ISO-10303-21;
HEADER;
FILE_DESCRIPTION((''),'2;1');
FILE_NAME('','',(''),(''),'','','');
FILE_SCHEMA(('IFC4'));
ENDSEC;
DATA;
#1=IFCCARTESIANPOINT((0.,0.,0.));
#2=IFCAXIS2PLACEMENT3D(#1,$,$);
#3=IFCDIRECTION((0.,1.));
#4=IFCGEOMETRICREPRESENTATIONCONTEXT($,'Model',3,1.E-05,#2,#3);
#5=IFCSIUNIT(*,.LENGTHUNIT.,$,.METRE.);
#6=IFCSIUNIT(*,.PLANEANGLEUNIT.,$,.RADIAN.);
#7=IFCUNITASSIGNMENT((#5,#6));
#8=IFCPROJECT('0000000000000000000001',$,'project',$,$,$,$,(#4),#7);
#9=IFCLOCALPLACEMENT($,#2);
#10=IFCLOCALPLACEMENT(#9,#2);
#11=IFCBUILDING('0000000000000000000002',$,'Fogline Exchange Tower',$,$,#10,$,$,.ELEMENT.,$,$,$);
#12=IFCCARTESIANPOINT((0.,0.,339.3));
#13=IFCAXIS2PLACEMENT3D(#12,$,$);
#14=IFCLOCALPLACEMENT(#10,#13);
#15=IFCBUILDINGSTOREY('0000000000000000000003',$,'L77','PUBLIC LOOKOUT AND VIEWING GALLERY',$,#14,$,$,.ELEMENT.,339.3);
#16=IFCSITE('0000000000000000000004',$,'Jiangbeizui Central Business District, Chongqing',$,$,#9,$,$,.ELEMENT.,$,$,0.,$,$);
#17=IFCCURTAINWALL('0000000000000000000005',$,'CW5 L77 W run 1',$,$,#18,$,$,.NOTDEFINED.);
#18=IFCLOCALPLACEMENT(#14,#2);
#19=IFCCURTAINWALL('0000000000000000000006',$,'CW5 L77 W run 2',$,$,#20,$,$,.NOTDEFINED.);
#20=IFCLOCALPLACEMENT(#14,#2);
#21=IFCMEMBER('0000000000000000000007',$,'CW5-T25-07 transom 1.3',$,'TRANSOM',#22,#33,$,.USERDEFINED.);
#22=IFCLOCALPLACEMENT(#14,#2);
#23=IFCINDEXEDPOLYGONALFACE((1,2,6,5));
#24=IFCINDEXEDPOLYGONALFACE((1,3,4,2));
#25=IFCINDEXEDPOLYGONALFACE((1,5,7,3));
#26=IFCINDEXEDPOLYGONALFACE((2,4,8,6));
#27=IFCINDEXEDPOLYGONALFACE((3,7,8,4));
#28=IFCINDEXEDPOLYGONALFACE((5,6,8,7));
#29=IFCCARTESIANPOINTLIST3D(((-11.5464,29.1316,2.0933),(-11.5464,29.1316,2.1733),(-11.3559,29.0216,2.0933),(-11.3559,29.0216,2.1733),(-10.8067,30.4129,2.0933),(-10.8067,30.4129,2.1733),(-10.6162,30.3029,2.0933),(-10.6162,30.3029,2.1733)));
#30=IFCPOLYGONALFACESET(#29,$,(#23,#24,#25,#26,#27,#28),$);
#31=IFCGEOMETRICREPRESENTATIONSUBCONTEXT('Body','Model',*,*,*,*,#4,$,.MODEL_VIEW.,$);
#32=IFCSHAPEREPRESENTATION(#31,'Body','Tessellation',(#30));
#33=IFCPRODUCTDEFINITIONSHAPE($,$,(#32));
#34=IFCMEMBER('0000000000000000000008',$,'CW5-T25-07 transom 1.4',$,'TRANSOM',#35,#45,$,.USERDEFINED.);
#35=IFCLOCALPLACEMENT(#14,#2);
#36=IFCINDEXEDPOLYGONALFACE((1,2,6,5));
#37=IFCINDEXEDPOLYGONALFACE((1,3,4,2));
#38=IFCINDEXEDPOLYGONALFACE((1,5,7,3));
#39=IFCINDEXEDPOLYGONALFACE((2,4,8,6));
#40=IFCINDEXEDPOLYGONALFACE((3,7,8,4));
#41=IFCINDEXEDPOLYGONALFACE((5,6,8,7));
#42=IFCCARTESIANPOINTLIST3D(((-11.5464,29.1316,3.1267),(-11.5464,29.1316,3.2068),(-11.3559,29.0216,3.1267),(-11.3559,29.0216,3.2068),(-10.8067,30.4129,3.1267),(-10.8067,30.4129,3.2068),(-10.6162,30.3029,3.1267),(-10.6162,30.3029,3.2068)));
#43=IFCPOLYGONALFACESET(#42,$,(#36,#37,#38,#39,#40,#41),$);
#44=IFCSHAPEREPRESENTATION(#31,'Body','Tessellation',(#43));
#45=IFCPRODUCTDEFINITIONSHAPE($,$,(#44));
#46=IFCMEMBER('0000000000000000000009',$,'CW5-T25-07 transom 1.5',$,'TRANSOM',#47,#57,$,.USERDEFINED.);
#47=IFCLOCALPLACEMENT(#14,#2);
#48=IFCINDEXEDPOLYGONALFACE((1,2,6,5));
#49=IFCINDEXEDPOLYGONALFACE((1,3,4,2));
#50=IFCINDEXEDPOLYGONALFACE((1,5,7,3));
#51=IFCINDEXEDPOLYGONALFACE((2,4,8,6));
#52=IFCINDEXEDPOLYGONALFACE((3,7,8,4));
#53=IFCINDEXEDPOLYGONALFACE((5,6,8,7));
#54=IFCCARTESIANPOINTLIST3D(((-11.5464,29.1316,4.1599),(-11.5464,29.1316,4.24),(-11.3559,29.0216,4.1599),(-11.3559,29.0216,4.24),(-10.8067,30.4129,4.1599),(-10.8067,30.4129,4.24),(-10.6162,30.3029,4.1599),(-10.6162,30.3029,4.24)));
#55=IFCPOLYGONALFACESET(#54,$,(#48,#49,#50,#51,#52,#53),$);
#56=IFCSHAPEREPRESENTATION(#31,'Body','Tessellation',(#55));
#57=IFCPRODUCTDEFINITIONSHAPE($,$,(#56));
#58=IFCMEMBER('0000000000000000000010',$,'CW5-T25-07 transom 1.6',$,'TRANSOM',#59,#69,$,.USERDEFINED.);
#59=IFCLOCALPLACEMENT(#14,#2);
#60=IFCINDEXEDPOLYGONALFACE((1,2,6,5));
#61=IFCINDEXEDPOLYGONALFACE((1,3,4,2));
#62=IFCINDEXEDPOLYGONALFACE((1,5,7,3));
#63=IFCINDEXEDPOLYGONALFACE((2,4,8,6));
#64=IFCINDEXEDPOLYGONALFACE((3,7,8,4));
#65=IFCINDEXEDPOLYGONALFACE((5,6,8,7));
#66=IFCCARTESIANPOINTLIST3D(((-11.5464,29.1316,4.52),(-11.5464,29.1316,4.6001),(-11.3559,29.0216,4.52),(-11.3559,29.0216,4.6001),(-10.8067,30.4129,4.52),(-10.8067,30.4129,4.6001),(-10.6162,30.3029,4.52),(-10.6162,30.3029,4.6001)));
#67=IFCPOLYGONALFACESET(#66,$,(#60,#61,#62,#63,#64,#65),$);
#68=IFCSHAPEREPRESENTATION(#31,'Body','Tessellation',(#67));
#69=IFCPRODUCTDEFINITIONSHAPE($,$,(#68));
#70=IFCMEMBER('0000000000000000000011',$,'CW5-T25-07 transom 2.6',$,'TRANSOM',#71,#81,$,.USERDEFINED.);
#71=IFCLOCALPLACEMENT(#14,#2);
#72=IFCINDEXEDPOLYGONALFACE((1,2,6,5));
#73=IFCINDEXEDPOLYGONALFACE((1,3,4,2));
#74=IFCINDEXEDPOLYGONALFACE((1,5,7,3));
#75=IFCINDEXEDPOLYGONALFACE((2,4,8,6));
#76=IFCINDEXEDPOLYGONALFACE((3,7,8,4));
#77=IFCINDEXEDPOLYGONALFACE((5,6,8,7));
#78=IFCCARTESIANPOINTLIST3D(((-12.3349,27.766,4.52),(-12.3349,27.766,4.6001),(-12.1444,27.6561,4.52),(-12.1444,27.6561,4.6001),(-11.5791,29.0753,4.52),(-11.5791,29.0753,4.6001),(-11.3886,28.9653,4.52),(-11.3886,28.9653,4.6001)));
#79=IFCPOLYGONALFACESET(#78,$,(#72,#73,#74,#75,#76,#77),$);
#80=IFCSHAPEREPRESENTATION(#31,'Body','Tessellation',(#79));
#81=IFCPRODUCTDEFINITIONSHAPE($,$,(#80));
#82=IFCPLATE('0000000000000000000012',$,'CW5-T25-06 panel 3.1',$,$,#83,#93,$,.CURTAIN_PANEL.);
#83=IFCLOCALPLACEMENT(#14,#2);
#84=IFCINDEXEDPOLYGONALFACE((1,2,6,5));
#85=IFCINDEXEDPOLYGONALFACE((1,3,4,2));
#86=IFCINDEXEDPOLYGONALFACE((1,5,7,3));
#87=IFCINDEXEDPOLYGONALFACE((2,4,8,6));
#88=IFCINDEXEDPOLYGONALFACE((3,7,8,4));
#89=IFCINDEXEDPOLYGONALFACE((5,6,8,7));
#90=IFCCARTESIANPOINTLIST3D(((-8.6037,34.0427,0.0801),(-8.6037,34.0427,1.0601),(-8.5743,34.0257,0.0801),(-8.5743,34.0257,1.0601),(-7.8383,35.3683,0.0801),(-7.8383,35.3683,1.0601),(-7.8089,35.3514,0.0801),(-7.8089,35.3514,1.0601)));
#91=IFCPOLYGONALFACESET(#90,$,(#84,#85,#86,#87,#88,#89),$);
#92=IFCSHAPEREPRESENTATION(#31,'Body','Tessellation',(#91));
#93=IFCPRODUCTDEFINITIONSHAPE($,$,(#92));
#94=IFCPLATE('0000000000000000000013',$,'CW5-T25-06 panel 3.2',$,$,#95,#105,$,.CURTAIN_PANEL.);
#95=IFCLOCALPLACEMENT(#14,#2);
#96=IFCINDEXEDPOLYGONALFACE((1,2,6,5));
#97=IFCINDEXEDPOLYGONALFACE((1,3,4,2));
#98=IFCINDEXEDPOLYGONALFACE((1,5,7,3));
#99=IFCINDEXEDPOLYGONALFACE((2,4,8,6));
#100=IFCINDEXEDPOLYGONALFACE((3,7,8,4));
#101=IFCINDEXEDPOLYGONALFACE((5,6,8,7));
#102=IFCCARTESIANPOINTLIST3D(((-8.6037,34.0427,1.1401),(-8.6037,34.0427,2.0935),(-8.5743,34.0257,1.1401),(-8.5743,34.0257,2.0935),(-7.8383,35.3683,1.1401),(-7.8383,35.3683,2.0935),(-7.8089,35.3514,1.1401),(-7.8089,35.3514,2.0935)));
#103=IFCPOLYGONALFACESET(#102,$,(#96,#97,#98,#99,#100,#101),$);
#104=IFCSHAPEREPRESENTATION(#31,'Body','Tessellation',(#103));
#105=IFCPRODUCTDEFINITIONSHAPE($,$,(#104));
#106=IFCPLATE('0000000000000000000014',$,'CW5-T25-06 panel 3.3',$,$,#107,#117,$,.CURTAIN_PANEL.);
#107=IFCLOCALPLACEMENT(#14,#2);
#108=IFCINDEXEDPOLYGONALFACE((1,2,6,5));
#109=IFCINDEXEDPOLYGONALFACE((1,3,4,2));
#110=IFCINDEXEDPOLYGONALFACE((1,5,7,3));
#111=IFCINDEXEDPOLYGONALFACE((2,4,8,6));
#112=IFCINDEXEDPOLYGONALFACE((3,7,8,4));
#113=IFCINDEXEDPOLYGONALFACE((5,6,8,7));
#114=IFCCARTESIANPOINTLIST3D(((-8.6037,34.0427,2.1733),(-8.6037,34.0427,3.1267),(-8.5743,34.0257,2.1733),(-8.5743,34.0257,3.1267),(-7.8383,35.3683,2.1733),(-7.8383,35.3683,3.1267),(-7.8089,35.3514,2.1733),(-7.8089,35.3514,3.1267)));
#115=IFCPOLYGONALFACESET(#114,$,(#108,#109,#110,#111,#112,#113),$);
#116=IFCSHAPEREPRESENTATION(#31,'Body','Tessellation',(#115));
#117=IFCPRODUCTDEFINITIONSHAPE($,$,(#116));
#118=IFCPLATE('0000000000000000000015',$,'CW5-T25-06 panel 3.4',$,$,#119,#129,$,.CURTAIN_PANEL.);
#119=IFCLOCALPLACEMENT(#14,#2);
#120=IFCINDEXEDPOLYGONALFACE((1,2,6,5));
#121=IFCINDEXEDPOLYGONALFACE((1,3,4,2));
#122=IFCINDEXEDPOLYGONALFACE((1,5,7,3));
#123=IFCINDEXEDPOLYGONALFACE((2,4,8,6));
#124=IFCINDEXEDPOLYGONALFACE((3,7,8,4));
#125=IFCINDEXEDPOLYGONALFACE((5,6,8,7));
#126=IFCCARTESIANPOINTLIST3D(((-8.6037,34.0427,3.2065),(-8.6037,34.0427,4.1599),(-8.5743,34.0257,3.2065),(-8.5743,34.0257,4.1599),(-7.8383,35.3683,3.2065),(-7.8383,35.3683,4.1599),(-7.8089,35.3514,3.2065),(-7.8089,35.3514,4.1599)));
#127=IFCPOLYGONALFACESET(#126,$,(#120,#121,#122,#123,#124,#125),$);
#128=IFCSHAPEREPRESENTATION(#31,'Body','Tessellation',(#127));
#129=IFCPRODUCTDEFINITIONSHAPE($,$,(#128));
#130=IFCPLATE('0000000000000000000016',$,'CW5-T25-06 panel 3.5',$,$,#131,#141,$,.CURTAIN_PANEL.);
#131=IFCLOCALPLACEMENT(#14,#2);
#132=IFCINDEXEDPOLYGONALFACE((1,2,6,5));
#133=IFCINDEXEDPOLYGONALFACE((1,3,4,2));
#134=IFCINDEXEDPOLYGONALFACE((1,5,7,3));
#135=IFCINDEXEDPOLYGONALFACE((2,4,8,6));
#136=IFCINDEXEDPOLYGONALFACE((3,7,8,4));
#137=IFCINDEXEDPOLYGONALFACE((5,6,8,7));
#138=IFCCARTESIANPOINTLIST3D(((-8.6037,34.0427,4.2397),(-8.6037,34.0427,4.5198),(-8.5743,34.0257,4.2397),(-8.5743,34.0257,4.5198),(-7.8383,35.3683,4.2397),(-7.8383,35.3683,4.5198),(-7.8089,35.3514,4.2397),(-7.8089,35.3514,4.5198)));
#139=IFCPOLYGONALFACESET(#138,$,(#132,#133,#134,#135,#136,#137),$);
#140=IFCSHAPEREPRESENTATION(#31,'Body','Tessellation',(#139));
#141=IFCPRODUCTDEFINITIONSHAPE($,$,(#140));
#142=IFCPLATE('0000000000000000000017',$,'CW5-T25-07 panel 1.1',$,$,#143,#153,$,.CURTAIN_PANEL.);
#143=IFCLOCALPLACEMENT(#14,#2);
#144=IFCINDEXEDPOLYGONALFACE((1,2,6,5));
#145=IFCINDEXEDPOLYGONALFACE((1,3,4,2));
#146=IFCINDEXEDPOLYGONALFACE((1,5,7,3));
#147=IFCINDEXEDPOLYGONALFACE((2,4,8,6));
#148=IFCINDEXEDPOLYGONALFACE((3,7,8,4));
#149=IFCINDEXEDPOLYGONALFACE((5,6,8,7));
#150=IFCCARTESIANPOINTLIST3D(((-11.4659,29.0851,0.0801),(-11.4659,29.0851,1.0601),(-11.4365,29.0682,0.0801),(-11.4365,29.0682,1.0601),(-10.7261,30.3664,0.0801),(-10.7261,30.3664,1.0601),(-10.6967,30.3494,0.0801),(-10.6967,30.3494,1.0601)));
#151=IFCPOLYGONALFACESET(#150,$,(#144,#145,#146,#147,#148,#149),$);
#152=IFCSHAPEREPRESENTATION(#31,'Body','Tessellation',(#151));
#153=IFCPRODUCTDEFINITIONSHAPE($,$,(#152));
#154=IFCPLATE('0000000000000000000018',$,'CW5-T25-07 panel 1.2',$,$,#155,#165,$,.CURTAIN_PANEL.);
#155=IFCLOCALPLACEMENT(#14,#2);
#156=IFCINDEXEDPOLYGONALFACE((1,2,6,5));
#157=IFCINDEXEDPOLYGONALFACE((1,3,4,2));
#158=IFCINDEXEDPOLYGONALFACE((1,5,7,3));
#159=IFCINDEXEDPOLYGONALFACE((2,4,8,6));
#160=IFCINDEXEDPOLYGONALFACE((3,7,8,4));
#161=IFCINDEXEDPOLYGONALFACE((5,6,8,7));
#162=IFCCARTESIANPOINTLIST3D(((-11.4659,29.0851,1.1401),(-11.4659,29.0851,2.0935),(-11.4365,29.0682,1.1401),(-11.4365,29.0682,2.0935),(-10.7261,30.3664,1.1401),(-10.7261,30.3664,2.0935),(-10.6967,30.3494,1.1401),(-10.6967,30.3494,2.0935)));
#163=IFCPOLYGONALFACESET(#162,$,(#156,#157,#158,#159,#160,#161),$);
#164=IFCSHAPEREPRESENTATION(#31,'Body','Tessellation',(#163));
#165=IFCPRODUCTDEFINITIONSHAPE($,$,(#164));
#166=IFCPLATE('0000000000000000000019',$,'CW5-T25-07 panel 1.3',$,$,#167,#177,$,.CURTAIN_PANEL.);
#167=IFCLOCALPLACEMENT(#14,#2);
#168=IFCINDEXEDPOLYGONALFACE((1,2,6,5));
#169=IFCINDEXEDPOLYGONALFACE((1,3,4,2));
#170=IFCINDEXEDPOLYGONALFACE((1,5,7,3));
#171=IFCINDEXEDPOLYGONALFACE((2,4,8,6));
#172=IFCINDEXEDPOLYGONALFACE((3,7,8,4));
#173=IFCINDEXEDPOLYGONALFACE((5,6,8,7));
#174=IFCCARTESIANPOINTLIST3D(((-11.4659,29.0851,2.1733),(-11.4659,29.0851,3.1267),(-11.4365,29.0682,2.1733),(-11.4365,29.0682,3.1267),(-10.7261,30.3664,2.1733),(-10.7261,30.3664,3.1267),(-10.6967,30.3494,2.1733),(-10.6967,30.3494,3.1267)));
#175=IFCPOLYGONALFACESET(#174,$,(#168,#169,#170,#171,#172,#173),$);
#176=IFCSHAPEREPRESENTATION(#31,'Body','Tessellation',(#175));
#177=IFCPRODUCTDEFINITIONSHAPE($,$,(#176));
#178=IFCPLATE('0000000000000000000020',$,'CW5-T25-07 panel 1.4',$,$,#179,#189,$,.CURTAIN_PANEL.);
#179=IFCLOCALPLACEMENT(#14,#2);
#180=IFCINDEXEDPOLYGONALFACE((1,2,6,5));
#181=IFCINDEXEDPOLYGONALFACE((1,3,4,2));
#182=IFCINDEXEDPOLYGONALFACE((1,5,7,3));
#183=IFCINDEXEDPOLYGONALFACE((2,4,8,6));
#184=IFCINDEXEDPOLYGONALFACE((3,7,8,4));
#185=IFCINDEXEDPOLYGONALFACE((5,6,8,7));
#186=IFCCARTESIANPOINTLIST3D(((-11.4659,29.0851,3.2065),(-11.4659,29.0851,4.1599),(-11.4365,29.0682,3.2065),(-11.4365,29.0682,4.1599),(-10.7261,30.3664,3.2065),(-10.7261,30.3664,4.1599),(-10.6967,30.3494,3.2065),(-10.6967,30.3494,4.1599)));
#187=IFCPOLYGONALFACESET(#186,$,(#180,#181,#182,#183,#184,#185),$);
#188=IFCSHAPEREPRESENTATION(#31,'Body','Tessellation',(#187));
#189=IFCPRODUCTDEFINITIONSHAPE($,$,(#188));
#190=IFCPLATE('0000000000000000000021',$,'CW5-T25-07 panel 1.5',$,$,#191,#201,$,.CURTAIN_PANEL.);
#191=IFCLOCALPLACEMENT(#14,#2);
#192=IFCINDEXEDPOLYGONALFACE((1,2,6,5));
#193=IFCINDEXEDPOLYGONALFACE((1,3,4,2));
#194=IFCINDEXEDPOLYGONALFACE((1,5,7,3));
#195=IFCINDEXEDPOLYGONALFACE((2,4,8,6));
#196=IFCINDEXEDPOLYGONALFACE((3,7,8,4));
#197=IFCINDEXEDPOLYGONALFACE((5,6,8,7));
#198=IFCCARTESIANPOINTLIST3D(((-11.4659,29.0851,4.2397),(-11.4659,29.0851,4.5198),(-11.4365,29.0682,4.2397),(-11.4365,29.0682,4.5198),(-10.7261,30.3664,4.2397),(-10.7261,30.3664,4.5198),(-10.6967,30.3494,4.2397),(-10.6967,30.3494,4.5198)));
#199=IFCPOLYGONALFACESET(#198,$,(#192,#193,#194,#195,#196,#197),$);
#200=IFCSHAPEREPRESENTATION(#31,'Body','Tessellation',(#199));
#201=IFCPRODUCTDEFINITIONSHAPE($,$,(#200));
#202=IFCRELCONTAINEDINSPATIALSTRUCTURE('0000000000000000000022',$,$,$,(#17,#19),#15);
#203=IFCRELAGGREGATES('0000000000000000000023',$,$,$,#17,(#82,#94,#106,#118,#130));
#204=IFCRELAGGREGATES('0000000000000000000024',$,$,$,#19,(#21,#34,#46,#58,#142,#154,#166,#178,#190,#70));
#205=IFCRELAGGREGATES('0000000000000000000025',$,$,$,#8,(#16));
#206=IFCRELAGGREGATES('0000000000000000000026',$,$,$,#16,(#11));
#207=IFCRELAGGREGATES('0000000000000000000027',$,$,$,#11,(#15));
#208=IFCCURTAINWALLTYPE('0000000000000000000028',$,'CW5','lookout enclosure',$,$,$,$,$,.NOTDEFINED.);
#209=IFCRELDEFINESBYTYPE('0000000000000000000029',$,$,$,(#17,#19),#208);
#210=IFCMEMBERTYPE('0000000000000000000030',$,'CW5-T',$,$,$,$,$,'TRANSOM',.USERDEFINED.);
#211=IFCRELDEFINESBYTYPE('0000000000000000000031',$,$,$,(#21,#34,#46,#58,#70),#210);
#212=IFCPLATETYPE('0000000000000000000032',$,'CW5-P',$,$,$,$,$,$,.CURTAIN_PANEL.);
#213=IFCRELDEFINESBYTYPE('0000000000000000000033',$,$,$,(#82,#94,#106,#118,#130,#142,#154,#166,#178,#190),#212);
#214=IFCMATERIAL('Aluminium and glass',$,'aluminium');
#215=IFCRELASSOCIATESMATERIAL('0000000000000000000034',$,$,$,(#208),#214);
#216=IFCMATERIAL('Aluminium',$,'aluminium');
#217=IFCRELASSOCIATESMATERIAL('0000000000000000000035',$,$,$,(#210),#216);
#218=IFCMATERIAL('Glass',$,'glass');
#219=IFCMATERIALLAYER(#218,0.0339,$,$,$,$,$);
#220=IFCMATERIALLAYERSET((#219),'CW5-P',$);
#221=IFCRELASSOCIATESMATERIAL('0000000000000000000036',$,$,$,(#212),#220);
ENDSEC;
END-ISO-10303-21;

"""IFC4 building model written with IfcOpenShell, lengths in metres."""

from ifc_helpers import new_model, si_unit, direction, frame, origin, origin_2d, place, context, subcontext, project, spatial, rectangle, extrude, material, layer, layer_set, material_profile, profile_set, type_object, element, aggregate, save


model = new_model("IFC4")

# Units and contexts
model_context = context("Model", 3, precision=1e-05, world=origin(), true_north=direction((0.0, 1.0)))
body_context = subcontext(model_context, "Body", "Model", "MODEL_VIEW")
ifc_project = project(units=[si_unit("LENGTHUNIT", "METRE"), si_unit("PLANEANGLEUNIT", "RADIAN")], contexts=[model_context])

# Site, building, storey
site_placement = place(None, origin())
site = spatial("IfcSite", under=ifc_project, at=site_placement, Name="Jiangbeizui Central Business District, Chongqing", CompositionType="ELEMENT", RefElevation=0.0)
building_placement = place(site_placement, origin())
building = spatial("IfcBuilding", under=site, at=building_placement, Name="Fogline Exchange Tower", CompositionType="ELEMENT")
storey_placement = place(building_placement, frame((0.0, 0.0, 339.3)))
storey = spatial("IfcBuildingStorey", under=building, at=storey_placement, Name="L77", Description="PUBLIC LOOKOUT AND VIEWING GALLERY", CompositionType="ELEMENT", Elevation=339.3)

# Curtain walls
ifc_material_1 = material(Name="Aluminium and glass", Category="aluminium")
curtain_wall_type = type_object("IfcCurtainWallType", Name="CW5", Description="lookout enclosure", PredefinedType="NOTDEFINED", material=ifc_material_1)
curtain_wall_1_placement = place(storey_placement, origin())
curtain_wall_1 = element("IfcCurtainWall", 1, at=curtain_wall_1_placement, inside=storey, type_object=curtain_wall_type, Name="CW5 L77 W run 1", PredefinedType="NOTDEFINED")
ifc_material_2 = material(Name="Aluminium", Category="aluminium")
curtain_wall_2_placement = place(storey_placement, origin())
curtain_wall_2 = element("IfcCurtainWall", 2, at=curtain_wall_2_placement, inside=storey, type_object=curtain_wall_type, Name="CW5 L77 W run 2", PredefinedType="NOTDEFINED")

# Members
ifc_material_profile_1 = material_profile(ifc_material_2, rectangle(XDim=0.22, YDim=0.0801, at=origin_2d()), Name="Transom 80x220")
ifc_profile_set_1 = profile_set([ifc_material_profile_1], Name="Aluminium")
member_type_1 = type_object("IfcMemberType", Name="CW5-T", ElementType="TRANSOM", PredefinedType="USERDEFINED", material=ifc_profile_set_1)
member_1_placement = place(storey_placement, frame((-10.7114, 30.3579, 2.1333), z_axis=(-0.500008, -0.866021, 0.0), x_axis=(0.866021, -0.500008, 0.0)))
member_1 = element("IfcMember", 3, at=member_1_placement, type_object=member_type_1, Name="CW5-T25-07 transom 1.3", ObjectType="TRANSOM", PredefinedType="USERDEFINED", context=body_context, shape_type="SweptSolid", body=[
    extrude(rectangle(XDim=0.22, YDim=0.0801, at=origin_2d()), origin(), (0.0, 0.0, 1.0), 1.4795),
])
member_2_placement = place(storey_placement, frame((-10.7114, 30.3579, 3.1667), z_axis=(-0.500008, -0.866021, 0.0), x_axis=(0.866021, -0.500008, 0.0)))
member_2 = element("IfcMember", 4, at=member_2_placement, type_object=member_type_1, Name="CW5-T25-07 transom 1.4", ObjectType="TRANSOM", PredefinedType="USERDEFINED", context=body_context, shape_type="SweptSolid", body=[
    extrude(rectangle(XDim=0.22, YDim=0.0801, at=origin_2d()), origin(), (0.0, 0.0, 1.0), 1.4795),
])
member_3_placement = place(storey_placement, frame((-10.7114, 30.3579, 4.2), z_axis=(-0.500008, -0.866021, 0.0), x_axis=(0.866021, -0.500008, 0.0)))
member_3 = element("IfcMember", 5, at=member_3_placement, type_object=member_type_1, Name="CW5-T25-07 transom 1.5", ObjectType="TRANSOM", PredefinedType="USERDEFINED", context=body_context, shape_type="SweptSolid", body=[
    extrude(rectangle(XDim=0.22, YDim=0.0801, at=origin_2d()), origin(), (0.0, 0.0, 1.0), 1.4795),
])
member_4_placement = place(storey_placement, frame((-10.7114, 30.3579, 4.5601), z_axis=(-0.500008, -0.866021, 0.0), x_axis=(0.866021, -0.500008, 0.0)))
member_4 = element("IfcMember", 6, at=member_4_placement, type_object=member_type_1, Name="CW5-T25-07 transom 1.6", ObjectType="TRANSOM", PredefinedType="USERDEFINED", context=body_context, shape_type="SweptSolid", body=[
    extrude(rectangle(XDim=0.22, YDim=0.0801, at=origin_2d()), origin(), (0.0, 0.0, 1.0), 1.4795),
])
member_5_placement = place(storey_placement, frame((-11.4839, 29.0203, 4.5601), z_axis=(-0.49996, -0.866048, 0.0), x_axis=(0.866048, -0.49996, 0.0)))
member_5 = element("IfcMember", 7, at=member_5_placement, type_object=member_type_1, Name="CW5-T25-07 transom 2.6", ObjectType="TRANSOM", PredefinedType="USERDEFINED", context=body_context, shape_type="SweptSolid", body=[
    extrude(rectangle(XDim=0.22, YDim=0.0801, at=origin_2d()), origin(), (0.0, 0.0, 1.0), 1.5117),
])

# Plates
ifc_material_3 = material(Name="Glass", Category="glass")
ifc_layer_1 = layer(ifc_material_3, 0.0339)
ifc_layer_set_1 = layer_set([ifc_layer_1], Name="CW5-P")
plate_type = type_object("IfcPlateType", Name="CW5-P", PredefinedType="CURTAIN_PANEL", material=ifc_layer_set_1)
plate_1_placement = place(storey_placement, frame((-8.2063, 34.697, 0.0801), z_axis=(0.0, 0.0, 1.0), x_axis=(-0.5, -0.866025, 0.0)))
plate_1 = element("IfcPlate", 8, at=plate_1_placement, type_object=plate_type, Name="CW5-T25-06 panel 3.1", PredefinedType="CURTAIN_PANEL", context=body_context, shape_type="SweptSolid", body=[
    extrude(rectangle(XDim=1.5308, YDim=0.0339, at=origin_2d()), origin(), (0.0, 0.0, 1.0), 0.98),
])
plate_2_placement = place(storey_placement, frame((-8.2063, 34.697, 1.1401), z_axis=(0.0, 0.0, 1.0), x_axis=(-0.5, -0.866025, 0.0)))
plate_2 = element("IfcPlate", 9, at=plate_2_placement, type_object=plate_type, Name="CW5-T25-06 panel 3.2", PredefinedType="CURTAIN_PANEL", context=body_context, shape_type="SweptSolid", body=[
    extrude(rectangle(XDim=1.5308, YDim=0.0339, at=origin_2d()), origin(), (0.0, 0.0, 1.0), 0.9534),
])
plate_3_placement = place(storey_placement, frame((-8.2063, 34.697, 2.1733), z_axis=(0.0, 0.0, 1.0), x_axis=(-0.5, -0.866025, 0.0)))
plate_3 = element("IfcPlate", 10, at=plate_3_placement, type_object=plate_type, Name="CW5-T25-06 panel 3.3", PredefinedType="CURTAIN_PANEL", context=body_context, shape_type="SweptSolid", body=[
    extrude(rectangle(XDim=1.5308, YDim=0.0339, at=origin_2d()), origin(), (0.0, 0.0, 1.0), 0.9534),
])
plate_4_placement = place(storey_placement, frame((-8.2063, 34.697, 3.2065), z_axis=(0.0, 0.0, 1.0), x_axis=(-0.5, -0.866025, 0.0)))
plate_4 = element("IfcPlate", 11, at=plate_4_placement, type_object=plate_type, Name="CW5-T25-06 panel 3.4", PredefinedType="CURTAIN_PANEL", context=body_context, shape_type="SweptSolid", body=[
    extrude(rectangle(XDim=1.5308, YDim=0.0339, at=origin_2d()), origin(), (0.0, 0.0, 1.0), 0.9534),
])
plate_5_placement = place(storey_placement, frame((-8.2063, 34.697, 4.2397), z_axis=(0.0, 0.0, 1.0), x_axis=(-0.5, -0.866025, 0.0)))
plate_5 = element("IfcPlate", 12, at=plate_5_placement, type_object=plate_type, Name="CW5-T25-06 panel 3.5", PredefinedType="CURTAIN_PANEL", context=body_context, shape_type="SweptSolid", body=[
    extrude(rectangle(XDim=1.5308, YDim=0.0339, at=origin_2d()), origin(), (0.0, 0.0, 1.0), 0.28),
])
aggregate(curtain_wall_1, [plate_1, plate_2, plate_3, plate_4, plate_5])
plate_6_placement = place(storey_placement, frame((-11.0813, 29.7173, 0.0801), z_axis=(0.0, 0.0, 1.0), x_axis=(-0.5, -0.866025, 0.0)))
plate_6 = element("IfcPlate", 13, at=plate_6_placement, type_object=plate_type, Name="CW5-T25-07 panel 1.1", PredefinedType="CURTAIN_PANEL", context=body_context, shape_type="SweptSolid", body=[
    extrude(rectangle(XDim=1.4795, YDim=0.0339, at=origin_2d()), origin(), (0.0, 0.0, 1.0), 0.98),
])
plate_7_placement = place(storey_placement, frame((-11.0813, 29.7173, 1.1401), z_axis=(0.0, 0.0, 1.0), x_axis=(-0.5, -0.866025, 0.0)))
plate_7 = element("IfcPlate", 14, at=plate_7_placement, type_object=plate_type, Name="CW5-T25-07 panel 1.2", PredefinedType="CURTAIN_PANEL", context=body_context, shape_type="SweptSolid", body=[
    extrude(rectangle(XDim=1.4795, YDim=0.0339, at=origin_2d()), origin(), (0.0, 0.0, 1.0), 0.9534),
])
plate_8_placement = place(storey_placement, frame((-11.0813, 29.7173, 2.1733), z_axis=(0.0, 0.0, 1.0), x_axis=(-0.5, -0.866025, 0.0)))
plate_8 = element("IfcPlate", 15, at=plate_8_placement, type_object=plate_type, Name="CW5-T25-07 panel 1.3", PredefinedType="CURTAIN_PANEL", context=body_context, shape_type="SweptSolid", body=[
    extrude(rectangle(XDim=1.4795, YDim=0.0339, at=origin_2d()), origin(), (0.0, 0.0, 1.0), 0.9534),
])
plate_9_placement = place(storey_placement, frame((-11.0813, 29.7173, 3.2065), z_axis=(0.0, 0.0, 1.0), x_axis=(-0.5, -0.866025, 0.0)))
plate_9 = element("IfcPlate", 16, at=plate_9_placement, type_object=plate_type, Name="CW5-T25-07 panel 1.4", PredefinedType="CURTAIN_PANEL", context=body_context, shape_type="SweptSolid", body=[
    extrude(rectangle(XDim=1.4795, YDim=0.0339, at=origin_2d()), origin(), (0.0, 0.0, 1.0), 0.9534),
])
plate_10_placement = place(storey_placement, frame((-11.0813, 29.7173, 4.2397), z_axis=(0.0, 0.0, 1.0), x_axis=(-0.5, -0.866025, 0.0)))
plate_10 = element("IfcPlate", 17, at=plate_10_placement, type_object=plate_type, Name="CW5-T25-07 panel 1.5", PredefinedType="CURTAIN_PANEL", context=body_context, shape_type="SweptSolid", body=[
    extrude(rectangle(XDim=1.4795, YDim=0.0339, at=origin_2d()), origin(), (0.0, 0.0, 1.0), 0.28),
])
aggregate(curtain_wall_2, [member_1, member_2, member_3, member_4, plate_6, plate_7, plate_8, plate_9, plate_10, member_5])

save(model, "model.ifc")
